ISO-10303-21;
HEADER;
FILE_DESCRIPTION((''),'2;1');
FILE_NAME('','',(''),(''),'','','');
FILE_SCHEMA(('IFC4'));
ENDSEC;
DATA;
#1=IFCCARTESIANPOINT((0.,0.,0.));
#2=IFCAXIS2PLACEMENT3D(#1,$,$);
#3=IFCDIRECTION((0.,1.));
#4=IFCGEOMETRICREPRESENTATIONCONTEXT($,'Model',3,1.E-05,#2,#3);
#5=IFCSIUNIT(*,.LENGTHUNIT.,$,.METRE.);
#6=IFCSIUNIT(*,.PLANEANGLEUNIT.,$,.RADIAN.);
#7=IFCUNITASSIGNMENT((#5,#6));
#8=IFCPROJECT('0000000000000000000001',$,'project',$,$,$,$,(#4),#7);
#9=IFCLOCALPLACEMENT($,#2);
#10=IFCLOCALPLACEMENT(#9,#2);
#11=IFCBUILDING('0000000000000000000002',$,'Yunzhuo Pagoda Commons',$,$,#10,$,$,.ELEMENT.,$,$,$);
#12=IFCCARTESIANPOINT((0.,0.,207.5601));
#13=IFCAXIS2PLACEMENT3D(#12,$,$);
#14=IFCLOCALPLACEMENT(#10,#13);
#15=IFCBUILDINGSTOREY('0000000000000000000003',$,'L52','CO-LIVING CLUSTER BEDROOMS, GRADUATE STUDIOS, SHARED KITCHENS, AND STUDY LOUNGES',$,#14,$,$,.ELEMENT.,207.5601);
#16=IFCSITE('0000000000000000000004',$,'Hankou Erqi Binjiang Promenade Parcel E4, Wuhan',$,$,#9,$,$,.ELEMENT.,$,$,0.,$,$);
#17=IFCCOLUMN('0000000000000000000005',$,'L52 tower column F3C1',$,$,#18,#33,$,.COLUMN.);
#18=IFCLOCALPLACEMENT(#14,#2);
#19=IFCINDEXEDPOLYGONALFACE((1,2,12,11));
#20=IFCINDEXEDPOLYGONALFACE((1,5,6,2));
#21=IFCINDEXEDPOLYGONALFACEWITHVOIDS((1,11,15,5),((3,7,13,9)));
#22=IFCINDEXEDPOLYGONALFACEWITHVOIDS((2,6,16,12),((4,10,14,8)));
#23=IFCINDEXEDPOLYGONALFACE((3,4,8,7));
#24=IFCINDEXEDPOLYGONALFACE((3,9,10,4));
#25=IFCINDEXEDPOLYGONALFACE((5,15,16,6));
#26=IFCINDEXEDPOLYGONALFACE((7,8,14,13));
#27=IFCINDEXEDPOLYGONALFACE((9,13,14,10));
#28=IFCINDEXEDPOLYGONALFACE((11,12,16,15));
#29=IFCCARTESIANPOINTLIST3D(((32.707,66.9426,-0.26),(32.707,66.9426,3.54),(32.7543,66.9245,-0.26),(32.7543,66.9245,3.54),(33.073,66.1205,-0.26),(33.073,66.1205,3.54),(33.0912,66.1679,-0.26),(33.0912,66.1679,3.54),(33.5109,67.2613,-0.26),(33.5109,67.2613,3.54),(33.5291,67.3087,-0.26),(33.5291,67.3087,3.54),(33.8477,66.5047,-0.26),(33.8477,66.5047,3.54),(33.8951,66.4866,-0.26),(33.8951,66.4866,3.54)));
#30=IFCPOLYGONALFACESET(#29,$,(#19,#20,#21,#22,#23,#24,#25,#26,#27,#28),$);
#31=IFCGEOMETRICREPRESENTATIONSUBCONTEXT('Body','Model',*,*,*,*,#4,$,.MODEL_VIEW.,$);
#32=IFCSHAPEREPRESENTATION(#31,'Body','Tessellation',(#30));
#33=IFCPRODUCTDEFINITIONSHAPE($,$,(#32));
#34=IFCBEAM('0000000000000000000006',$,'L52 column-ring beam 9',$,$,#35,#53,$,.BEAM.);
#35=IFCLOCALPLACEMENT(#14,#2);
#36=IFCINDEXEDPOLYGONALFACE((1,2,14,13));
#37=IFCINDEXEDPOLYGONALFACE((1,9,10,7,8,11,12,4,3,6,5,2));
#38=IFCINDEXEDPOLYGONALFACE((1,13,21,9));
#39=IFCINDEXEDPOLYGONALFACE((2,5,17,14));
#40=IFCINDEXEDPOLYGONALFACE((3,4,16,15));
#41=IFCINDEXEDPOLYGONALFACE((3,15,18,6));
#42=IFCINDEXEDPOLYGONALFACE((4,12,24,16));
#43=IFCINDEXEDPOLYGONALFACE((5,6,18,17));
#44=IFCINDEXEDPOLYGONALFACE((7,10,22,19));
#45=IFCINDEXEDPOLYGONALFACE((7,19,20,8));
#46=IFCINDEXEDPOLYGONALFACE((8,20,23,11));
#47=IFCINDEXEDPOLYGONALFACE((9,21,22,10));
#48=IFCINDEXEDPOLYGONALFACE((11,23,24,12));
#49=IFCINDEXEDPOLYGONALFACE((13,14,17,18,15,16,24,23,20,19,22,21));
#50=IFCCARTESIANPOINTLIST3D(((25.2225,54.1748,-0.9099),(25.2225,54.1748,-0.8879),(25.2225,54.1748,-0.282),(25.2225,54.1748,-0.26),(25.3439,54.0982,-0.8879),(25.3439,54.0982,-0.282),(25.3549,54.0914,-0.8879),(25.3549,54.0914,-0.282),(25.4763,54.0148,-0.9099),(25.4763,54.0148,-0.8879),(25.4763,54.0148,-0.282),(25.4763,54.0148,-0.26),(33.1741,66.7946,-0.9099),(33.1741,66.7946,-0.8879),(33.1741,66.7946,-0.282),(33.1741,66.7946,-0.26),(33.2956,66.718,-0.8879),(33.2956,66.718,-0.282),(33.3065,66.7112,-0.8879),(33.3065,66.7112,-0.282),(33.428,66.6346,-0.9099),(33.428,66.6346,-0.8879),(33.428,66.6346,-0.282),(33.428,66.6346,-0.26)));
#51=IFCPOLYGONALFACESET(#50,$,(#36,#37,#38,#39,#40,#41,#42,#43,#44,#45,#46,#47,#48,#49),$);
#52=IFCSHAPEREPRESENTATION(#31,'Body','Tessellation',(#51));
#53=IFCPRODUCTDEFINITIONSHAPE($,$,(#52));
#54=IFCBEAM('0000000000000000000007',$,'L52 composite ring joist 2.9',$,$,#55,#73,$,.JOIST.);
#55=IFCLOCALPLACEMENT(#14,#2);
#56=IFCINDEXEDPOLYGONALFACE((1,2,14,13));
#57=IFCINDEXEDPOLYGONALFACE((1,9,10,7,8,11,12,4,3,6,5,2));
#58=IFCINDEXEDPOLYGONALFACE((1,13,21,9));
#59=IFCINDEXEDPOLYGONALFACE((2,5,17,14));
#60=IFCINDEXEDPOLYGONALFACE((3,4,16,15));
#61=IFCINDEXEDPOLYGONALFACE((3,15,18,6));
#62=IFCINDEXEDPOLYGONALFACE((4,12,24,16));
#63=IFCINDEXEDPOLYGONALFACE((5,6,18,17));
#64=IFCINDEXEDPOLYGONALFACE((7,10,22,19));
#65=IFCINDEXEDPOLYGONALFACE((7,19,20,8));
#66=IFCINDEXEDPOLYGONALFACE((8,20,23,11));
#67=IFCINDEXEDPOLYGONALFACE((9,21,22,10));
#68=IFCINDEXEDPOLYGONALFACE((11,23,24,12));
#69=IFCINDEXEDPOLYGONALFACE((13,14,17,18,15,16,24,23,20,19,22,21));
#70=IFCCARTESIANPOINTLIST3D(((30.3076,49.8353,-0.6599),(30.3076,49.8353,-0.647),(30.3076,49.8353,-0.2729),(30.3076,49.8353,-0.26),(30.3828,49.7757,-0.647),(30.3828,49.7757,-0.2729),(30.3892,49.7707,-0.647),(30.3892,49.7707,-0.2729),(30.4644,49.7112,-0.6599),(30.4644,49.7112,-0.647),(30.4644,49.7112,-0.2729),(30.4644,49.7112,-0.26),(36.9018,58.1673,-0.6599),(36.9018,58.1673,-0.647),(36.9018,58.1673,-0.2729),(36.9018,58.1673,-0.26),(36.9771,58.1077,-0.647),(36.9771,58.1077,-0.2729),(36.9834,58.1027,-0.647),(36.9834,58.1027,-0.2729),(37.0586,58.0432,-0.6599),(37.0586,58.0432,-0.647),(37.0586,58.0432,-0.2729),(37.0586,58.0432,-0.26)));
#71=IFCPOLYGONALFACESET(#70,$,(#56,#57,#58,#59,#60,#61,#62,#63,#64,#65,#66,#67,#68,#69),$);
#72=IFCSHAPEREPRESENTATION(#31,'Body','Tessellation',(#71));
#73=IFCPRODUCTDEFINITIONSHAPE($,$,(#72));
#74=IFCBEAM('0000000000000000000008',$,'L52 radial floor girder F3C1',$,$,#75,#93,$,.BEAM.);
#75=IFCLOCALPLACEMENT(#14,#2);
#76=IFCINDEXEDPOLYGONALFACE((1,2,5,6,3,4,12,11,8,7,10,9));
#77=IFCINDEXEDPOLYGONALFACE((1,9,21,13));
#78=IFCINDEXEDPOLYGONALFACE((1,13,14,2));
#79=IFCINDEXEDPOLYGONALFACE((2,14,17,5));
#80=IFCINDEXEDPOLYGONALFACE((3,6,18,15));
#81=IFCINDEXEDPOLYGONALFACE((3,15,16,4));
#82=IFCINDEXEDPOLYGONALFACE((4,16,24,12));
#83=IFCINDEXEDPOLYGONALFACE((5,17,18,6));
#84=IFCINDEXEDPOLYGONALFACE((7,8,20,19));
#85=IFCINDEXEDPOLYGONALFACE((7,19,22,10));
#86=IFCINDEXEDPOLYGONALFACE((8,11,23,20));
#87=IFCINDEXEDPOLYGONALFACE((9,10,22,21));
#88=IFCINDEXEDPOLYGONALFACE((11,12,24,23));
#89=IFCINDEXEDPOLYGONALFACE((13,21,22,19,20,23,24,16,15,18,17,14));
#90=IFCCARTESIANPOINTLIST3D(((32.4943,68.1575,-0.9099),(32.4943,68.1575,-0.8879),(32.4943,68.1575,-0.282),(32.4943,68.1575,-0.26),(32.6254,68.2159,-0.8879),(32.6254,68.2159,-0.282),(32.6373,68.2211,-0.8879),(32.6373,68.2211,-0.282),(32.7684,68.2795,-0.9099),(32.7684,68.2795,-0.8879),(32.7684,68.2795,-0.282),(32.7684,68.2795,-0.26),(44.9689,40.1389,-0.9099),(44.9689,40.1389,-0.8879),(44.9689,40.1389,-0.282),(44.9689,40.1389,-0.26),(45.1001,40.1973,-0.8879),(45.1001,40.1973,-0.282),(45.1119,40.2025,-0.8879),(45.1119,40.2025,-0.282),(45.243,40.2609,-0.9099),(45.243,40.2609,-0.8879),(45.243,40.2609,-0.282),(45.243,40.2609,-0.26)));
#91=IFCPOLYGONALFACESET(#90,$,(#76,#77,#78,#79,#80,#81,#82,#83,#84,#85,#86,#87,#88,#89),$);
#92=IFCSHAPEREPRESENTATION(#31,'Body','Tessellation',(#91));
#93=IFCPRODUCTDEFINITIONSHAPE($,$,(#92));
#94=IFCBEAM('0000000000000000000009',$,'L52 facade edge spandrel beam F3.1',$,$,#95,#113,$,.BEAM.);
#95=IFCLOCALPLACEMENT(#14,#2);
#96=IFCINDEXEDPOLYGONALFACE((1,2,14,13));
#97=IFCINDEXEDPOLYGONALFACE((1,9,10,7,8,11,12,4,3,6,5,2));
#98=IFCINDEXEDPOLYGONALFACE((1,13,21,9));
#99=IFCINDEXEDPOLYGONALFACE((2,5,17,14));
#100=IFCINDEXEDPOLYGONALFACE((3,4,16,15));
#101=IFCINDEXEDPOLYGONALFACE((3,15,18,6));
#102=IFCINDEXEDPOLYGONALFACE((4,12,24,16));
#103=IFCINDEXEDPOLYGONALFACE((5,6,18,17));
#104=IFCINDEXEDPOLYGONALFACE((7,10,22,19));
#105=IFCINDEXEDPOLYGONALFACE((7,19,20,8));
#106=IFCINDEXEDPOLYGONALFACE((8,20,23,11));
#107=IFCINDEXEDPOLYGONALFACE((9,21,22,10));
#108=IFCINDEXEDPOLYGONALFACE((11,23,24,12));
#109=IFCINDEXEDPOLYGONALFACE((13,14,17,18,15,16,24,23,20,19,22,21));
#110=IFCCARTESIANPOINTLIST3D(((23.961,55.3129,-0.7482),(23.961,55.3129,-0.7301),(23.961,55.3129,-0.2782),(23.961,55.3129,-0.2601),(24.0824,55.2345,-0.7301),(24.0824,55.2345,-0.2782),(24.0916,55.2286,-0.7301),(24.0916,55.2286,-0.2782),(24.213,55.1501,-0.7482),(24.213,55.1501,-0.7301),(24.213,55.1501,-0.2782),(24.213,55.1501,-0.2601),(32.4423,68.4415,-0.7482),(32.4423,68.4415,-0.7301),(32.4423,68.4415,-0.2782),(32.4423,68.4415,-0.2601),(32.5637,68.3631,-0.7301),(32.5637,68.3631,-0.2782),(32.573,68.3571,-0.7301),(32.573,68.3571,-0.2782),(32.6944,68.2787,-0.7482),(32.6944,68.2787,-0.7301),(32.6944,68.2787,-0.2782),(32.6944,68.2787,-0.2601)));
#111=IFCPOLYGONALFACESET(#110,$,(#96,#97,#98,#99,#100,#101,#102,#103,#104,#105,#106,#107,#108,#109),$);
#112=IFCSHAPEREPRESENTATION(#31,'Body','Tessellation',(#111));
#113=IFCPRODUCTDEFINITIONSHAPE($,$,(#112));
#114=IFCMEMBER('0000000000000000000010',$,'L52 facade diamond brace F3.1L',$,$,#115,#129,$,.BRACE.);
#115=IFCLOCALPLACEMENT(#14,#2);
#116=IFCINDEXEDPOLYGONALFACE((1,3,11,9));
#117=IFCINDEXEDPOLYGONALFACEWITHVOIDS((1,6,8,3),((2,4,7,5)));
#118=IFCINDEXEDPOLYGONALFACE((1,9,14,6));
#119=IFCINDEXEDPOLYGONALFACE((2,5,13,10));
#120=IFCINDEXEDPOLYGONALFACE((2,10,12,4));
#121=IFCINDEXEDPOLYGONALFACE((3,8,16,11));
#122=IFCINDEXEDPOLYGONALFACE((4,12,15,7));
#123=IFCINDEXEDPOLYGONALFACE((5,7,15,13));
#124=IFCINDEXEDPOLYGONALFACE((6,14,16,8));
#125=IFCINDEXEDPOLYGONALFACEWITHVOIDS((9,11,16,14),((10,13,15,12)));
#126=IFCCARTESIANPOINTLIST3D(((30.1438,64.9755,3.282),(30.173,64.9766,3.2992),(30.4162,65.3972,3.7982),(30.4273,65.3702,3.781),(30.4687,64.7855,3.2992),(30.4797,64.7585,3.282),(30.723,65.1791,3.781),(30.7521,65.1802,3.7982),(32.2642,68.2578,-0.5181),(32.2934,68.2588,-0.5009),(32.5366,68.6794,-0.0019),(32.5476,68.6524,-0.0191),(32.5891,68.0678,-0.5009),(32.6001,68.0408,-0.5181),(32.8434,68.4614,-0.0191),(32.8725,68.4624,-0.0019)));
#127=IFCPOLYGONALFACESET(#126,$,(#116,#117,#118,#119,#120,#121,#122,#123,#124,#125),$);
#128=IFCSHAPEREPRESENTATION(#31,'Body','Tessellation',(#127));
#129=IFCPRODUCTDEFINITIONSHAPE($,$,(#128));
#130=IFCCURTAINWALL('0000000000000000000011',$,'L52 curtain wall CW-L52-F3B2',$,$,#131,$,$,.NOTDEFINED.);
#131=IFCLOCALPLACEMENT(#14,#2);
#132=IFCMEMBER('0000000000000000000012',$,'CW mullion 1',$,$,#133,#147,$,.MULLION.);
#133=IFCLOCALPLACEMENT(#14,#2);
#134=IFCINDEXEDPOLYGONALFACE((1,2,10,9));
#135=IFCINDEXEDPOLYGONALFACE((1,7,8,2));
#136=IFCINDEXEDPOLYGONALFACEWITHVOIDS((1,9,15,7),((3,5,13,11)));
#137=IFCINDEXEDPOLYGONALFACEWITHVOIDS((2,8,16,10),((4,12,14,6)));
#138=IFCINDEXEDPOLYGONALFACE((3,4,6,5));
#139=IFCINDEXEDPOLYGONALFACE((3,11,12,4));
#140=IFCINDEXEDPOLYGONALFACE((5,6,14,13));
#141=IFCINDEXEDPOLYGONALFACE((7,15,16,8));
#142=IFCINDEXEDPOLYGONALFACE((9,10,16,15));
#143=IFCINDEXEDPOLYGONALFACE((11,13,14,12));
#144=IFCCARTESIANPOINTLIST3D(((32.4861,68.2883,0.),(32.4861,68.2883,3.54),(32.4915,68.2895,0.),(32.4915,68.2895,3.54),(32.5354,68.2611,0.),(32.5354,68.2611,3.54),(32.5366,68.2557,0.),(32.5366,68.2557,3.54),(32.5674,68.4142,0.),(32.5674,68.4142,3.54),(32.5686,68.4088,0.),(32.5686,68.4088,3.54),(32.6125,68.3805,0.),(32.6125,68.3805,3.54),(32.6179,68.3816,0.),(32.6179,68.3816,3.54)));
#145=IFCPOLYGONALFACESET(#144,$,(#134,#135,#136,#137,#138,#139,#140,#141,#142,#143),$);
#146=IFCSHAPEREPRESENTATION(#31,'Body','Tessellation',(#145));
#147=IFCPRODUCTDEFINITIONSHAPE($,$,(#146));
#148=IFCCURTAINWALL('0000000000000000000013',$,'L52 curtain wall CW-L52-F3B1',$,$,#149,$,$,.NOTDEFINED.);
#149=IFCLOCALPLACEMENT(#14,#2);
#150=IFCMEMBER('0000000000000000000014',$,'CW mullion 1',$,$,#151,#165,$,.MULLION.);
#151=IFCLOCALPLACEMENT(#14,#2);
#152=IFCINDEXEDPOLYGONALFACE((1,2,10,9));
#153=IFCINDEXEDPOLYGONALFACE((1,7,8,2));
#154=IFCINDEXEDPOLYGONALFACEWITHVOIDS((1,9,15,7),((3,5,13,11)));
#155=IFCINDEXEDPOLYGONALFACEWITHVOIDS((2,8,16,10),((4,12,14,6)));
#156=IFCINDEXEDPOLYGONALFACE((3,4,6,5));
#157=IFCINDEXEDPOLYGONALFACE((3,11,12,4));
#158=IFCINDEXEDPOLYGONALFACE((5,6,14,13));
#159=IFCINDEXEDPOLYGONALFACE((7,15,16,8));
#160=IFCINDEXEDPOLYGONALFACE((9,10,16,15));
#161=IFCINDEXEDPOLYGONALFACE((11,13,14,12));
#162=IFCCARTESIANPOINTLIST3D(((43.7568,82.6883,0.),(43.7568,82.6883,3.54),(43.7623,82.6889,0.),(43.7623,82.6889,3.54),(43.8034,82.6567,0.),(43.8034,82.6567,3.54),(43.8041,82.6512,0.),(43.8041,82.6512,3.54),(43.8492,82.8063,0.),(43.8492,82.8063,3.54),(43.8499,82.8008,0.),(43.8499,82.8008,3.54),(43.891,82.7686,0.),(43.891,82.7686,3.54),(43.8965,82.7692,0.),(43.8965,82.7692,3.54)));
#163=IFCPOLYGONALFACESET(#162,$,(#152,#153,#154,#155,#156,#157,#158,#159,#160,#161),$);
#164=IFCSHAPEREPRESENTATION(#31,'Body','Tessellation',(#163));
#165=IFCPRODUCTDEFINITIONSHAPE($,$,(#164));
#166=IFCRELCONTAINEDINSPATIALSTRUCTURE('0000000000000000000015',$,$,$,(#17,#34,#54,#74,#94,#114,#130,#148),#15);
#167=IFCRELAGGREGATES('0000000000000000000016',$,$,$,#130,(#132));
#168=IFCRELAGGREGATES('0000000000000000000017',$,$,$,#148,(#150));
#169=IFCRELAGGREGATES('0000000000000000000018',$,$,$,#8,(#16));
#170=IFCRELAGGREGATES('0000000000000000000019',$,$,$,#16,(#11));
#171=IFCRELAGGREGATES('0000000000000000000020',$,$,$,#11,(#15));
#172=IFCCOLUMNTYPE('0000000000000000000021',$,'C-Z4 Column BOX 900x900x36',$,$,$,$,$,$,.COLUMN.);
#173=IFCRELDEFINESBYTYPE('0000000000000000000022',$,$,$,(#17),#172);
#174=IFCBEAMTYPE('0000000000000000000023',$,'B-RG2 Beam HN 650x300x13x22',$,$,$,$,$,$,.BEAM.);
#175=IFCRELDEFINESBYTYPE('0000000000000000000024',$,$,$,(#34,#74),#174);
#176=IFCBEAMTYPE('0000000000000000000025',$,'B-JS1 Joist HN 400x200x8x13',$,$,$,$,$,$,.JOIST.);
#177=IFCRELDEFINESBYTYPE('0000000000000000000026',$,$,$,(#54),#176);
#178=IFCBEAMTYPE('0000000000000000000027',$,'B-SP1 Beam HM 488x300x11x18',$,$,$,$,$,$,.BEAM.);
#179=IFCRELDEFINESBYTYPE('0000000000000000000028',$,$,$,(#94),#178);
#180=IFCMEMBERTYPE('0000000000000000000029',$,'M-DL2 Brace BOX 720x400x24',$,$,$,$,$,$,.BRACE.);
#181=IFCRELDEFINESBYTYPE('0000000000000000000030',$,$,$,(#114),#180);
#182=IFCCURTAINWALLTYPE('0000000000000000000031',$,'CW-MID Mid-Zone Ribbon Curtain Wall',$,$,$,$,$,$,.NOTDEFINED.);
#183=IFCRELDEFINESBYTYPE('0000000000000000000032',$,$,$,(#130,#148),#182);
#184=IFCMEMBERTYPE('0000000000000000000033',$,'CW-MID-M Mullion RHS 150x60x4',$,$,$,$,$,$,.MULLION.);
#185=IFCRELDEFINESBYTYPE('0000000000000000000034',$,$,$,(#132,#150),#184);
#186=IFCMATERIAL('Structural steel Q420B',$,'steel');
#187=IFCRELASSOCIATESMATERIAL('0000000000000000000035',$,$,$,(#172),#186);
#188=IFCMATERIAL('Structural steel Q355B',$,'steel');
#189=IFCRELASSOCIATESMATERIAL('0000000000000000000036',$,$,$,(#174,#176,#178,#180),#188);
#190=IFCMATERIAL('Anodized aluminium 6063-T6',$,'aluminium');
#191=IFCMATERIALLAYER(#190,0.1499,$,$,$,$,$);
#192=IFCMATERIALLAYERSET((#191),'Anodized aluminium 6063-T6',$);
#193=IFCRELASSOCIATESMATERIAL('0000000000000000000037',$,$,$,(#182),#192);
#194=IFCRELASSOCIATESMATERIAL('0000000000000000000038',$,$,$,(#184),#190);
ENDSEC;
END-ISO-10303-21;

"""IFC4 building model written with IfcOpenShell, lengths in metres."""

from ifc_helpers import new_model, si_unit, direction, frame, origin, origin_2d, place, context, subcontext, project, spatial, hollow_rectangle, i_section, extrude, source, transform, mapped, material, layer, layer_set, material_profile, profile_set, type_object, element, aggregate, save


model = new_model("IFC4")

# Units and contexts
model_context = context("Model", 3, precision=1e-05, world=origin(), true_north=direction((0.0, 1.0)))
body_context = subcontext(model_context, "Body", "Model", "MODEL_VIEW")
ifc_project = project(units=[si_unit("LENGTHUNIT", "METRE"), si_unit("PLANEANGLEUNIT", "RADIAN")], contexts=[model_context])

# Site, building, storey
site_placement = place(None, origin())
site = spatial("IfcSite", under=ifc_project, at=site_placement, Name="Hankou Erqi Binjiang Promenade Parcel E4, Wuhan", CompositionType="ELEMENT", RefElevation=0.0)
building_placement = place(site_placement, origin())
building = spatial("IfcBuilding", under=site, at=building_placement, Name="Yunzhuo Pagoda Commons", CompositionType="ELEMENT")
storey_placement = place(building_placement, frame((0.0, 0.0, 207.5601)))
storey = spatial("IfcBuildingStorey", under=building, at=storey_placement, Name="L52", Description="CO-LIVING CLUSTER BEDROOMS, GRADUATE STUDIOS, SHARED KITCHENS, AND STUDY LOUNGES", CompositionType="ELEMENT", Elevation=207.5601)

# Column
ifc_material_1 = material(Name="Structural steel Q420B", Category="steel")
ifc_material_profile_1 = material_profile(ifc_material_1, hollow_rectangle(XDim=0.8999, YDim=0.8999, WallThickness=0.0359, at=origin_2d()), Name="Structural steel Q420B")
ifc_profile_set_1 = profile_set([ifc_material_profile_1], Name="Structural steel Q420B")
column_type = type_object("IfcColumnType", Name="C-Z4 Column BOX 900x900x36", PredefinedType="COLUMN", material=ifc_profile_set_1)
shared_shape_1 = source(origin(), body_context, "Body", "SweptSolid", [
    extrude(hollow_rectangle(XDim=0.8999, YDim=0.8999, WallThickness=0.0359, at=origin_2d()), origin(), (0.0, 0.0, 1.0), 3.8),
])
column_placement = place(storey_placement, frame((33.301, 66.7146, -0.26), z_axis=(0.0, 0.0, 1.0), x_axis=(-0.913545, -0.406737, 0.0)))
element("IfcColumn", 1, at=column_placement, inside=storey, type_object=column_type, Name="L52 tower column F3C1", PredefinedType="COLUMN", context=body_context, shape_type="MappedRepresentation", body=[
    mapped(shared_shape_1, transform((0.0, 0.0, 0.0), scale=1.0)),
])

# Beams
ifc_material_2 = material(Name="Structural steel Q355B", Category="steel")
ifc_material_profile_2 = material_profile(ifc_material_2, i_section(OverallWidth=0.3, OverallDepth=0.6499, WebThickness=0.0129, FlangeThickness=0.022, at=origin_2d()), Name="Structural steel Q355B")
ifc_profile_set_2 = profile_set([ifc_material_profile_2], Name="Structural steel Q355B")
beam_type_1 = type_object("IfcBeamType", Name="B-RG2 Beam HN 650x300x13x22", PredefinedType="BEAM", material=ifc_profile_set_2)
shared_shape_2 = source(origin(), body_context, "Body", "SweptSolid", [
    extrude(i_section(OverallWidth=0.3, OverallDepth=0.6499, WebThickness=0.0129, FlangeThickness=0.022, at=origin_2d()), origin(), (0.0, 0.0, 1.0), 14.916),
])
beam_1_placement = place(storey_placement, frame((33.301, 66.7146, -0.585), z_axis=(-0.533092, -0.846057, 0.0), x_axis=(0.846057, -0.533092, 0.0)))
element("IfcBeam", 2, at=beam_1_placement, inside=storey, type_object=beam_type_1, Name="L52 column-ring beam 9", PredefinedType="BEAM", context=body_context, shape_type="MappedRepresentation", body=[
    mapped(shared_shape_2, transform((0.0, 0.0, 0.0), scale=1.0)),
])
ifc_material_profile_3 = material_profile(ifc_material_2, i_section(OverallWidth=0.2, OverallDepth=0.3999, WebThickness=0.0081, FlangeThickness=0.0129, at=origin_2d()), Name="Structural steel Q355B")
ifc_profile_set_3 = profile_set([ifc_material_profile_3], Name="Structural steel Q355B")
beam_type_2 = type_object("IfcBeamType", Name="B-JS1 Joist HN 400x200x8x13", PredefinedType="JOIST", material=ifc_profile_set_3)
shared_shape_3 = source(origin(), body_context, "Body", "SweptSolid", [
    extrude(i_section(OverallWidth=0.2, OverallDepth=0.3999, WebThickness=0.0081, FlangeThickness=0.0129, at=origin_2d()), origin(), (0.0, 0.0, 1.0), 10.6257),
])
beam_2_placement = place(storey_placement, frame((36.9802, 58.1052, -0.46), z_axis=(-0.62059, -0.784135, 0.0), x_axis=(0.784135, -0.62059, 0.0)))
element("IfcBeam", 3, at=beam_2_placement, inside=storey, type_object=beam_type_2, Name="L52 composite ring joist 2.9", PredefinedType="JOIST", context=body_context, shape_type="MappedRepresentation", body=[
    mapped(shared_shape_3, transform((0.0, 0.0, 0.0), scale=1.0)),
])
shared_shape_4 = source(origin(), body_context, "Body", "SweptSolid", [
    extrude(i_section(OverallWidth=0.3, OverallDepth=0.6499, WebThickness=0.0129, FlangeThickness=0.022, at=origin_2d()), origin(), (0.0, 0.0, 1.0), 30.6702),
])
beam_3_placement = place(storey_placement, frame((32.6313, 68.2185, -0.585), z_axis=(0.406735, -0.913546, 0.0), x_axis=(0.913546, 0.406735, 0.0)))
element("IfcBeam", 4, at=beam_3_placement, inside=storey, type_object=beam_type_1, Name="L52 radial floor girder F3C1", PredefinedType="BEAM", context=body_context, shape_type="MappedRepresentation", body=[
    mapped(shared_shape_4, transform((0.0, 0.0, 0.0), scale=1.0)),
])
ifc_material_profile_4 = material_profile(ifc_material_2, i_section(OverallWidth=0.3, OverallDepth=0.488, WebThickness=0.011, FlangeThickness=0.0181, at=origin_2d()), Name="Structural steel Q355B")
ifc_profile_set_4 = profile_set([ifc_material_profile_4], Name="Structural steel Q355B")
beam_type_3 = type_object("IfcBeamType", Name="B-SP1 Beam HM 488x300x11x18", PredefinedType="BEAM", material=ifc_profile_set_4)
shared_shape_5 = source(origin(), body_context, "Body", "SweptSolid", [
    extrude(i_section(OverallWidth=0.3, OverallDepth=0.488, WebThickness=0.011, FlangeThickness=0.0181, at=origin_2d()), origin(), (0.0, 0.0, 1.0), 15.6299),
])
beam_4_placement = place(storey_placement, frame((32.5684, 68.3601, -0.5042), z_axis=(-0.542639, -0.839966, 0.0), x_axis=(0.839966, -0.542639, 0.0)))
element("IfcBeam", 5, at=beam_4_placement, inside=storey, type_object=beam_type_3, Name="L52 facade edge spandrel beam F3.1", PredefinedType="BEAM", context=body_context, shape_type="MappedRepresentation", body=[
    mapped(shared_shape_5, transform((0.0, 0.0, 0.0), scale=1.0)),
])

# Member
ifc_material_profile_5 = material_profile(ifc_material_2, hollow_rectangle(XDim=0.3999, YDim=0.72, WallThickness=0.0239, at=origin_2d()), Name="Structural steel Q355B")
ifc_profile_set_5 = profile_set([ifc_material_profile_5], Name="Structural steel Q355B")
member_type_1 = type_object("IfcMemberType", Name="M-DL2 Brace BOX 720x400x24", PredefinedType="BRACE", material=ifc_profile_set_5)
shared_shape_6 = source(origin(), body_context, "Body", "SweptSolid", [
    extrude(hollow_rectangle(XDim=0.3999, YDim=0.72, WallThickness=0.0239, at=origin_2d()), origin(), (0.0, 0.0, 1.0), 5.4507),
])
member_1_placement = place(storey_placement, frame((32.5684, 68.3601, -0.26), z_axis=(-0.389013, -0.602174, 0.697177), x_axis=(0.839971, -0.542632, 0.0)))
element("IfcMember", 6, at=member_1_placement, inside=storey, type_object=member_type_1, Name="L52 facade diamond brace F3.1L", PredefinedType="BRACE", context=body_context, shape_type="MappedRepresentation", body=[
    mapped(shared_shape_6, transform((0.0, 0.0, 0.0), scale=1.0)),
])

# Curtain wall, member
ifc_material_3 = material(Name="Anodized aluminium 6063-T6", Category="aluminium")
ifc_layer_1 = layer(ifc_material_3, 0.1499)
ifc_layer_set_1 = layer_set([ifc_layer_1], Name="Anodized aluminium 6063-T6")
curtain_wall_type = type_object("IfcCurtainWallType", Name="CW-MID Mid-Zone Ribbon Curtain Wall", PredefinedType="NOTDEFINED", material=ifc_layer_set_1)
curtain_wall_1_placement = place(storey_placement, origin())
curtain_wall_1 = element("IfcCurtainWall", 7, at=curtain_wall_1_placement, inside=storey, type_object=curtain_wall_type, Name="L52 curtain wall CW-L52-F3B2", PredefinedType="NOTDEFINED")
ifc_material_profile_6 = material_profile(ifc_material_3, hollow_rectangle(XDim=0.0601, YDim=0.1499, WallThickness=0.0039, at=origin_2d()), Name="Anodized aluminium 6063-T6")
ifc_profile_set_6 = profile_set([ifc_material_profile_6], Name="Anodized aluminium 6063-T6")
member_type_2 = type_object("IfcMemberType", Name="CW-MID-M Mullion RHS 150x60x4", PredefinedType="MULLION", material=ifc_profile_set_6)
shared_shape_7 = source(origin(), body_context, "Body", "SweptSolid", [
    extrude(hollow_rectangle(XDim=0.0601, YDim=0.1499, WallThickness=0.0039, at=origin_2d()), origin(), (0.0, 0.0, 1.0), 3.54),
])
member_2_placement = place(storey_placement, frame((32.552, 68.335, 0.0), z_axis=(0.0, 0.0, 1.0), x_axis=(0.839965, -0.54264, 0.0)))
member_2 = element("IfcMember", 8, at=member_2_placement, type_object=member_type_2, Name="CW mullion 1", PredefinedType="MULLION", context=body_context, shape_type="MappedRepresentation", body=[
    mapped(shared_shape_7, transform((0.0, 0.0, 0.0), scale=1.0)),
])

# Curtain wall, member
curtain_wall_2_placement = place(storey_placement, origin())
curtain_wall_2 = element("IfcCurtainWall", 9, at=curtain_wall_2_placement, inside=storey, type_object=curtain_wall_type, Name="L52 curtain wall CW-L52-F3B1", PredefinedType="NOTDEFINED")
member_3_placement = place(storey_placement, frame((43.8267, 82.7288, 0.0), z_axis=(0.0, 0.0, 1.0), x_axis=(0.78715, -0.616762, 0.0)))
member_3 = element("IfcMember", 10, at=member_3_placement, type_object=member_type_2, Name="CW mullion 1", PredefinedType="MULLION", context=body_context, shape_type="MappedRepresentation", body=[
    mapped(shared_shape_7, transform((0.0, 0.0, 0.0), scale=1.0)),
])

aggregate(curtain_wall_1, [member_2])

aggregate(curtain_wall_2, [member_3])

save(model, "model.ifc")
